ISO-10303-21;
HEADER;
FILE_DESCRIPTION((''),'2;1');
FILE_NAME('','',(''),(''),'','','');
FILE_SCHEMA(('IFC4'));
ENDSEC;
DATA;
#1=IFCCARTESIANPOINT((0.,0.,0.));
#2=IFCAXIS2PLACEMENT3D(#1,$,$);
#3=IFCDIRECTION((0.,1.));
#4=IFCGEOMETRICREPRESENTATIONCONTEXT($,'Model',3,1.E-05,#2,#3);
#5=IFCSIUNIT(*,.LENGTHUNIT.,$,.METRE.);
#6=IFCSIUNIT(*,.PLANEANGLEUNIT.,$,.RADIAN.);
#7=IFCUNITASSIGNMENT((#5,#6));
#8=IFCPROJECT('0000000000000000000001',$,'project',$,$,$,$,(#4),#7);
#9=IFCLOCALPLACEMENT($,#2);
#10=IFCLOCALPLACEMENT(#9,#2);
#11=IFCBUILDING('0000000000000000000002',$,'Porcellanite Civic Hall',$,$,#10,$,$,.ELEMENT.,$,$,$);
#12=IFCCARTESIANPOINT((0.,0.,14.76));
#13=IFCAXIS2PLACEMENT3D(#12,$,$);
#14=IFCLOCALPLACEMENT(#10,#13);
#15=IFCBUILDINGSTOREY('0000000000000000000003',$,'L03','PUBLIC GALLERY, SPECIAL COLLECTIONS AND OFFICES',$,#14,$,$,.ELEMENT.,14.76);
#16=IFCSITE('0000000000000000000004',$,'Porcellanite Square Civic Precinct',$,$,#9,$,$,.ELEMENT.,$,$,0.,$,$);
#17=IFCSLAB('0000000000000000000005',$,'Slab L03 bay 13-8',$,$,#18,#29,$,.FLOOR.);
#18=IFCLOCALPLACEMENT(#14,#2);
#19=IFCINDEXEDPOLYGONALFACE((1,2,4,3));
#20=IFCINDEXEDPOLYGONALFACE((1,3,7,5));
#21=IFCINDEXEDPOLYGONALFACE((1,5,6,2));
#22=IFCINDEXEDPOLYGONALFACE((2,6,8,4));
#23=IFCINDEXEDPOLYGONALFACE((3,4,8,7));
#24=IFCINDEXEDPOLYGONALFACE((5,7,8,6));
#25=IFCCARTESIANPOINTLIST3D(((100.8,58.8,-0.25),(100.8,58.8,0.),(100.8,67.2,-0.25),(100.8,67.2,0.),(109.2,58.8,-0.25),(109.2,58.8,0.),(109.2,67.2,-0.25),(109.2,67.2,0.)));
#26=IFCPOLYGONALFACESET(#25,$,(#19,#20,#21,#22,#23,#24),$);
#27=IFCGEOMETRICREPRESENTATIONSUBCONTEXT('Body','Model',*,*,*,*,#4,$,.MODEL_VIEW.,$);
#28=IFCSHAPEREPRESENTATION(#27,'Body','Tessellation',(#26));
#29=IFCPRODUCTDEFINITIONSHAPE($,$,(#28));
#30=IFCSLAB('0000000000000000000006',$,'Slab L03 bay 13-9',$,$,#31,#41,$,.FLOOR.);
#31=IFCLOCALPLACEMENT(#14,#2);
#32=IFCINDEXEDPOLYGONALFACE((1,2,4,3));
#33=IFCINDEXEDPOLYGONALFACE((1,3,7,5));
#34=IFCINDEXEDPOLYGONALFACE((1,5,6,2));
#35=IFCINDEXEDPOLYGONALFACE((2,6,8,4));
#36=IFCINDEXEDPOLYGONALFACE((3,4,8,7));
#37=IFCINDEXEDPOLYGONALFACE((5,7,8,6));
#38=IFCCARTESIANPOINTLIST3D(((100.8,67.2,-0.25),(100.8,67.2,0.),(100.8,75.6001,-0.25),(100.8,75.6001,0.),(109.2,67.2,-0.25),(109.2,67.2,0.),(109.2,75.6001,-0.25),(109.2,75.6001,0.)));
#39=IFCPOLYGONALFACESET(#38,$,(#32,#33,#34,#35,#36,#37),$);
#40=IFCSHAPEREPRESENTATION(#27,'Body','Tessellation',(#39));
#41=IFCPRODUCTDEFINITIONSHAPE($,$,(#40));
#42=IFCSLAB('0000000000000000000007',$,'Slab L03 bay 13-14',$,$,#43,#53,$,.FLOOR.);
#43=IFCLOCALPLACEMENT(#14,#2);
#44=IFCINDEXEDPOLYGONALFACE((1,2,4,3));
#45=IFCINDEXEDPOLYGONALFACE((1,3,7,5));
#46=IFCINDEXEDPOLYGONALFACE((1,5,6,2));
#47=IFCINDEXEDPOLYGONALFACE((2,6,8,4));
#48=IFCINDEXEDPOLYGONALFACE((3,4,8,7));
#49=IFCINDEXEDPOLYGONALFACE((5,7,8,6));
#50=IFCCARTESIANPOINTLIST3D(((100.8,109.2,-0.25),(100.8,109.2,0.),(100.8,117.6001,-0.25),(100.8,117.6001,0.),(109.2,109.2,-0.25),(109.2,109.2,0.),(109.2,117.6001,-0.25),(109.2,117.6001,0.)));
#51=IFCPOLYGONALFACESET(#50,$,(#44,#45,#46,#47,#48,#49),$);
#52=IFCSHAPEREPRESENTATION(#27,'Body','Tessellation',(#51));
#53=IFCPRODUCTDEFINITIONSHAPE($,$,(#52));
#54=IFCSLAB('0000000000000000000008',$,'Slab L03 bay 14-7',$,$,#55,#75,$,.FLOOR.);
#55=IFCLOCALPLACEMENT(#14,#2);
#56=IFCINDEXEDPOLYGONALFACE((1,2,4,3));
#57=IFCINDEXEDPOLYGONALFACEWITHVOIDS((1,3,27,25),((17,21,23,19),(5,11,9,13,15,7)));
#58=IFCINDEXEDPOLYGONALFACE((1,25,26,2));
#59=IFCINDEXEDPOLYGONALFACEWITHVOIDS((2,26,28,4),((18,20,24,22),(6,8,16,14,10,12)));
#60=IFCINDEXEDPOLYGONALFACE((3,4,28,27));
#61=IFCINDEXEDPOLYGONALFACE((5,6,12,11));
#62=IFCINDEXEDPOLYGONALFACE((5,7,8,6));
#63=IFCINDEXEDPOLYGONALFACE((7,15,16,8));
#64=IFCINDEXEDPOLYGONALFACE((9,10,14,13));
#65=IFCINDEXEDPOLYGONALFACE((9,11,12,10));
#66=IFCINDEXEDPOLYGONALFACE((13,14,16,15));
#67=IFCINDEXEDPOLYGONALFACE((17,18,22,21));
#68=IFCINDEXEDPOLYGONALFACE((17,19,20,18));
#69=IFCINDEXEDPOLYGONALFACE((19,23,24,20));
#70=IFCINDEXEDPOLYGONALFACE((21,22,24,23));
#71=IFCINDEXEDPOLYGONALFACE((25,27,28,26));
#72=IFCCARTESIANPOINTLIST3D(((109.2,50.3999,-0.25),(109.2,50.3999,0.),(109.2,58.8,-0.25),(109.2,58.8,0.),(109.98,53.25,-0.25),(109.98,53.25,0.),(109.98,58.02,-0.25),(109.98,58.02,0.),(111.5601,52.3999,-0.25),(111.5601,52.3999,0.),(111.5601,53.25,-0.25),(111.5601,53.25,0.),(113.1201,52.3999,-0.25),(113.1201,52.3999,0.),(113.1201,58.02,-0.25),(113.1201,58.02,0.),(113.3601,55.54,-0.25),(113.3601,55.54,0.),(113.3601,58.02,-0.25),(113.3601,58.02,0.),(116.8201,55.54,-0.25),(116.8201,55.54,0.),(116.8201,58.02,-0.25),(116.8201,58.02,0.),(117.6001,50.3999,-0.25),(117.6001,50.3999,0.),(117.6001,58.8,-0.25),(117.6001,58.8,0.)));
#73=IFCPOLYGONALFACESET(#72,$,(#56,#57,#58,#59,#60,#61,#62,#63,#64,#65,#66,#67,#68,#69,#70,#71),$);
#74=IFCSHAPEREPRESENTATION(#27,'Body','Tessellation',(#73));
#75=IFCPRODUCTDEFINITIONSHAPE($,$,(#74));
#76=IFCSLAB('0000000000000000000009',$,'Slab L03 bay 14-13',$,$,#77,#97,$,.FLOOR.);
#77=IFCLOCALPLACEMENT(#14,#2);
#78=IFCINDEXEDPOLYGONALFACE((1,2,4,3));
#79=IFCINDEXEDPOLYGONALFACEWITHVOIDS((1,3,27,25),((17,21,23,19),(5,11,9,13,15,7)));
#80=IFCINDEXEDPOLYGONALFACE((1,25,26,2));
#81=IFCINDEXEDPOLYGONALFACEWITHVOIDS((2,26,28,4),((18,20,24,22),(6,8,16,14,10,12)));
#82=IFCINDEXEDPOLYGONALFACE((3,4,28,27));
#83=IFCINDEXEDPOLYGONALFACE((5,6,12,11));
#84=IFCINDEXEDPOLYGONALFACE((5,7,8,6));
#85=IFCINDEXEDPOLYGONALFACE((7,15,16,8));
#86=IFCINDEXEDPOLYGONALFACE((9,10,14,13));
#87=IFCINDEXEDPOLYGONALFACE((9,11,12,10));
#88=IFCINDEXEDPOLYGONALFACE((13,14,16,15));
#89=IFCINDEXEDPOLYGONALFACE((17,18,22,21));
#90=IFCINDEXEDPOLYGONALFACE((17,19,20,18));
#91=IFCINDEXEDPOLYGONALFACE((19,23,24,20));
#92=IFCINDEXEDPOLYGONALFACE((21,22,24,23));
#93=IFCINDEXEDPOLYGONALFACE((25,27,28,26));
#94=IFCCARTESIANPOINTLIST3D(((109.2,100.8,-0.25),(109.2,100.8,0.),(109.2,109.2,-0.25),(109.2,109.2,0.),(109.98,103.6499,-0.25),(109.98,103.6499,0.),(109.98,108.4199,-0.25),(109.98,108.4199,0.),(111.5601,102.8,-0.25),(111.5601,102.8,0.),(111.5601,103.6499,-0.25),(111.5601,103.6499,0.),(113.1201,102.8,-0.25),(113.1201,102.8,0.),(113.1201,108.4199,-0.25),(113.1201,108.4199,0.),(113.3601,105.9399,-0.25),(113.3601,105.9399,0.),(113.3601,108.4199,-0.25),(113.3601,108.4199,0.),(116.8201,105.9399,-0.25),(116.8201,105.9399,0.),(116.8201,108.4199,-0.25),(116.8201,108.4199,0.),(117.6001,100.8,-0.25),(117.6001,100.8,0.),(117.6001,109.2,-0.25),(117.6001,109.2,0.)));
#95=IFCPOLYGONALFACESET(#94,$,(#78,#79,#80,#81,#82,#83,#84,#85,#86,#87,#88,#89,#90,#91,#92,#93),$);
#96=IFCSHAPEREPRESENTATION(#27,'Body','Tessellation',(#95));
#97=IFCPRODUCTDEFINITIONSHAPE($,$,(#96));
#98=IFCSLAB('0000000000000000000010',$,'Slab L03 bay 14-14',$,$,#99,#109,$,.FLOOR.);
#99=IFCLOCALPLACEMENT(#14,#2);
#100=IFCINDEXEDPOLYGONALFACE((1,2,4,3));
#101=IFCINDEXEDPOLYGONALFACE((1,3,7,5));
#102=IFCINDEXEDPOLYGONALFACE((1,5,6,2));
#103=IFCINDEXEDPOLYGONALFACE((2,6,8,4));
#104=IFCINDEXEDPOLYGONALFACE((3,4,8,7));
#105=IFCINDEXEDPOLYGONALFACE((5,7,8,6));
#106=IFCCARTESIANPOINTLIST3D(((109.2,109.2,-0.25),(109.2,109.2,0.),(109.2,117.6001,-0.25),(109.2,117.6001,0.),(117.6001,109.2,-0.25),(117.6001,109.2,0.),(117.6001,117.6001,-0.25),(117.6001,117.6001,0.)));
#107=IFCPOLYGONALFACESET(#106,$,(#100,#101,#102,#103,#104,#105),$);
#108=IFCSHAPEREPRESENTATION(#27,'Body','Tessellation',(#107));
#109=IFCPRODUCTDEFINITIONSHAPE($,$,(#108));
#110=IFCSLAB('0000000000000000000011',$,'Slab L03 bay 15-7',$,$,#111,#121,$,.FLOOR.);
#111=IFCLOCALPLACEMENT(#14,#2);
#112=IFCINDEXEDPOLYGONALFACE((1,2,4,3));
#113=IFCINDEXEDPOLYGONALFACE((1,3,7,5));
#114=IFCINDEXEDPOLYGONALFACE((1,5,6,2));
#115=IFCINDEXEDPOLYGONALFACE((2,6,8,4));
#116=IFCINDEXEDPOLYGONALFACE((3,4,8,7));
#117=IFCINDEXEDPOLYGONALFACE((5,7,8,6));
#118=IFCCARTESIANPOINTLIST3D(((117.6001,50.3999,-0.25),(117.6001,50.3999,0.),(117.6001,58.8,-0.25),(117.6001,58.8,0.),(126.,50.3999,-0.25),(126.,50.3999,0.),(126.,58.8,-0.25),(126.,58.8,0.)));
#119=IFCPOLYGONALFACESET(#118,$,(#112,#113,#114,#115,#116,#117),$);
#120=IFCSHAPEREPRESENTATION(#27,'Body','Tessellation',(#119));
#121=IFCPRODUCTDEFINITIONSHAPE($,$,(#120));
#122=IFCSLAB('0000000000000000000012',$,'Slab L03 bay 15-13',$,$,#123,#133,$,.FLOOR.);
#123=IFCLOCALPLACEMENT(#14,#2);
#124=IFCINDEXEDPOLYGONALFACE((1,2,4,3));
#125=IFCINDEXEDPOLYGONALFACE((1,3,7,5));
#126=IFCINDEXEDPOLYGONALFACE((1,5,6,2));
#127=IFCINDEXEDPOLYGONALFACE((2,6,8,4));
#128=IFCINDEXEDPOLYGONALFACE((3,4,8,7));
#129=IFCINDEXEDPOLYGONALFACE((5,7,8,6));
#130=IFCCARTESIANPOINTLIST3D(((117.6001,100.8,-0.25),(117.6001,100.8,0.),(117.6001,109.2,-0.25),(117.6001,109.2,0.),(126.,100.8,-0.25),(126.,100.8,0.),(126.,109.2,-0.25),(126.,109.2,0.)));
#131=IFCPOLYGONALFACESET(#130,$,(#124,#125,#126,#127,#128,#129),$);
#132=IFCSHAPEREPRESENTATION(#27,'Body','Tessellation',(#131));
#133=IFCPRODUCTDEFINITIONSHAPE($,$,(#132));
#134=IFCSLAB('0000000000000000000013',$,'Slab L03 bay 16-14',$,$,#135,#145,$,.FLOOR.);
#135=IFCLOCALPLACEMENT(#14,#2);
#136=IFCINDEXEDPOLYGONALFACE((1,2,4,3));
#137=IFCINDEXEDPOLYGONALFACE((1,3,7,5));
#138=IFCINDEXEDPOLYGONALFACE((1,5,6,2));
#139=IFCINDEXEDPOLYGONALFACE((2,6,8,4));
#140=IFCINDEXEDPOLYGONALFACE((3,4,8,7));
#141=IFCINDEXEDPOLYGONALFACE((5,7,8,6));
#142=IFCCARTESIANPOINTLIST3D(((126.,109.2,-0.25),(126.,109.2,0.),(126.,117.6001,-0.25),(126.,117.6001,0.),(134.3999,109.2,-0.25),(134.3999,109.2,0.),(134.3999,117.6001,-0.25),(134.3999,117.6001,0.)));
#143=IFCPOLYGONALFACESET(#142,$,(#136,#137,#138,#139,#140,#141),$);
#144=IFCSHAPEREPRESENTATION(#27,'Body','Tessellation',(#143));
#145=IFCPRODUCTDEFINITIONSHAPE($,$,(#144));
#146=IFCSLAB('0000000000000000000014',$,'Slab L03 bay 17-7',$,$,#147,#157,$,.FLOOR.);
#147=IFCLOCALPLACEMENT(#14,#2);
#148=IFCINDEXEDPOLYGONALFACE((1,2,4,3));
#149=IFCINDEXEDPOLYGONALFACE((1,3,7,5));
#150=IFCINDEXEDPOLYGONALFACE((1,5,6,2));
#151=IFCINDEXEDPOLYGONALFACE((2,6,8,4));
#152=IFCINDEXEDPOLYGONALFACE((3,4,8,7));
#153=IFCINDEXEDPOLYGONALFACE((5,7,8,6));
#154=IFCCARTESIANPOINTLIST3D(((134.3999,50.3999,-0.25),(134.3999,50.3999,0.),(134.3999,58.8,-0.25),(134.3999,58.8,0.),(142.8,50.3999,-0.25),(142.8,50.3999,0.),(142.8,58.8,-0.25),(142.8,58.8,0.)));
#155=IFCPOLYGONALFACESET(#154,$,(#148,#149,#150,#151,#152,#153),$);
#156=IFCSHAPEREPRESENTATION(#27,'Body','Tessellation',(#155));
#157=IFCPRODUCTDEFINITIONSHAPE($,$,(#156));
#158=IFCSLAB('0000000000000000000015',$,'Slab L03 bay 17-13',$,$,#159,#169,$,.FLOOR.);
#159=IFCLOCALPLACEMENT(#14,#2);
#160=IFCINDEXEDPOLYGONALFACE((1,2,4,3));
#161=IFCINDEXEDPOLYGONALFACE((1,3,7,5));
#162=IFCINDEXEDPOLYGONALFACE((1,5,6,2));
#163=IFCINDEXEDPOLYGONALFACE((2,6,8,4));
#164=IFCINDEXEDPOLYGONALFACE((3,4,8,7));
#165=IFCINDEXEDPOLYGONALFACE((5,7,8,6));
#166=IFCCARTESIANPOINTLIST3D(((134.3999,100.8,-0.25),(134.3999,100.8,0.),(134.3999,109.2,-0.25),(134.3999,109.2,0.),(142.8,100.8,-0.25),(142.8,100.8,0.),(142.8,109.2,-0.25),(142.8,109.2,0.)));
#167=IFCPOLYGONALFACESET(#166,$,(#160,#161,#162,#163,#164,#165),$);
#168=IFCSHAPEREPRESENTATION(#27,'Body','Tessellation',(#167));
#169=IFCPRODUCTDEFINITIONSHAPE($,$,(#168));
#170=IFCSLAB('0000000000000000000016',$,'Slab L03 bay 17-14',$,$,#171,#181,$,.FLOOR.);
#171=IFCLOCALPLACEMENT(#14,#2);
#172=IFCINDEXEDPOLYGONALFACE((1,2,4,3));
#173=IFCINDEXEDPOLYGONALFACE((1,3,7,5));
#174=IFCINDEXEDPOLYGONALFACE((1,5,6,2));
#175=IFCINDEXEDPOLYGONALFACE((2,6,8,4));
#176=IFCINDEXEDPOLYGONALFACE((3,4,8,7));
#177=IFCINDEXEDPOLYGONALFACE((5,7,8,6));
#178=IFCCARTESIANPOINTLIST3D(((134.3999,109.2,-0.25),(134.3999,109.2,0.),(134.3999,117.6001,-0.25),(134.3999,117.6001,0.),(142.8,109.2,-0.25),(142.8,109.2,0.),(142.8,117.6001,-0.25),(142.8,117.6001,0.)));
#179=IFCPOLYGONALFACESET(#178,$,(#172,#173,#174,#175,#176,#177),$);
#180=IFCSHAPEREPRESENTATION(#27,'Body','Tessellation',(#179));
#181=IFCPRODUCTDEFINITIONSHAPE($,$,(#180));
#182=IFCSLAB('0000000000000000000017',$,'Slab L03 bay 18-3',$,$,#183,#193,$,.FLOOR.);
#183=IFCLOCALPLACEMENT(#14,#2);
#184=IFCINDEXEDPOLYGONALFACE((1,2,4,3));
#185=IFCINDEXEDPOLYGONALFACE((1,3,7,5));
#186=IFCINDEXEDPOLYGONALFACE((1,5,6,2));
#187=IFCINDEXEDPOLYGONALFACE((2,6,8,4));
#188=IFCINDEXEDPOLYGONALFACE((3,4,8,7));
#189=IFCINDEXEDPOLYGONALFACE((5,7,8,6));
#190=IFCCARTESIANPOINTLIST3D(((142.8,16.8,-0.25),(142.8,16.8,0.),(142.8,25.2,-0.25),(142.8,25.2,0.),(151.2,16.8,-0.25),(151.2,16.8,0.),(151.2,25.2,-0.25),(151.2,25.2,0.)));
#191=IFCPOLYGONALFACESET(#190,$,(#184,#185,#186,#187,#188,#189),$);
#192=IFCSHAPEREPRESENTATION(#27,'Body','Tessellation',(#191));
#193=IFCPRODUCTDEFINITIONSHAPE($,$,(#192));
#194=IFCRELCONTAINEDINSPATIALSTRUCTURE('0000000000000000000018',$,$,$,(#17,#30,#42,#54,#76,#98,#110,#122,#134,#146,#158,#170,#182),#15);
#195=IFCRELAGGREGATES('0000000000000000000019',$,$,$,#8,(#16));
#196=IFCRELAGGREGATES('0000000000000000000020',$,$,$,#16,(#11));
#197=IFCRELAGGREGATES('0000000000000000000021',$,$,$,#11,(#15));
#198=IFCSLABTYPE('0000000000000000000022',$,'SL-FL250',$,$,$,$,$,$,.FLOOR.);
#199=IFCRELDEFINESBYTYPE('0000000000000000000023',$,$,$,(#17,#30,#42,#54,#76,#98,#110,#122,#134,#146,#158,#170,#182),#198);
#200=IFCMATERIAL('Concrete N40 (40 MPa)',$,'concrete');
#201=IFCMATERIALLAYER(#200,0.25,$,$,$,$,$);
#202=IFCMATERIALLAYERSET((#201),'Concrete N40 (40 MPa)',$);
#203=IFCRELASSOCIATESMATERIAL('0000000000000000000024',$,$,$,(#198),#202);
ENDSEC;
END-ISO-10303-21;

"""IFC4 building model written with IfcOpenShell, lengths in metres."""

from ifc_helpers import new_model, si_unit, direction, frame, origin, place, context, subcontext, project, spatial, polyline, outline, extrude, material, layer, layer_set, type_object, element, save


model = new_model("IFC4")

# Units and contexts
model_context = context("Model", 3, precision=1e-05, world=origin(), true_north=direction((0.0, 1.0)))
body_context = subcontext(model_context, "Body", "Model", "MODEL_VIEW")
ifc_project = project(units=[si_unit("LENGTHUNIT", "METRE"), si_unit("PLANEANGLEUNIT", "RADIAN")], contexts=[model_context])

# Site, building, storey
site_placement = place(None, origin())
site = spatial("IfcSite", under=ifc_project, at=site_placement, Name="Porcellanite Square Civic Precinct", CompositionType="ELEMENT", RefElevation=0.0)
building_placement = place(site_placement, origin())
building = spatial("IfcBuilding", under=site, at=building_placement, Name="Porcellanite Civic Hall", CompositionType="ELEMENT")
storey_placement = place(building_placement, frame((0.0, 0.0, 14.76)))
storey = spatial("IfcBuildingStorey", under=building, at=storey_placement, Name="L03", Description="PUBLIC GALLERY, SPECIAL COLLECTIONS AND OFFICES", CompositionType="ELEMENT", Elevation=14.76)

# Slabs
ifc_material = material(Name="Concrete N40 (40 MPa)", Category="concrete")
ifc_layer = layer(ifc_material, 0.25)
ifc_layer_set = layer_set([ifc_layer], Name="Concrete N40 (40 MPa)")
slab_type = type_object("IfcSlabType", Name="SL-FL250", PredefinedType="FLOOR", material=ifc_layer_set)
slab_1_placement = place(storey_placement, frame((0.0, 0.0, -0.25)))
element("IfcSlab", 1, at=slab_1_placement, inside=storey, type_object=slab_type, Name="Slab L03 bay 13-8", PredefinedType="FLOOR", context=body_context, shape_type="SweptSolid", body=[
    extrude(outline(polyline([(100.8, 58.8), (109.2, 58.8), (109.2, 67.2), (100.8, 67.2), (100.8, 58.8)])), origin(), (0.0, 0.0, 1.0), 0.25),
])
slab_2_placement = place(storey_placement, frame((0.0, 0.0, -0.25)))
element("IfcSlab", 2, at=slab_2_placement, inside=storey, type_object=slab_type, Name="Slab L03 bay 13-9", PredefinedType="FLOOR", context=body_context, shape_type="SweptSolid", body=[
    extrude(outline(polyline([(100.8, 67.2), (109.2, 67.2), (109.2, 75.6001), (100.8, 75.6001), (100.8, 67.2)])), origin(), (0.0, 0.0, 1.0), 0.25),
])
slab_3_placement = place(storey_placement, frame((0.0, 0.0, -0.25)))
element("IfcSlab", 3, at=slab_3_placement, inside=storey, type_object=slab_type, Name="Slab L03 bay 13-14", PredefinedType="FLOOR", context=body_context, shape_type="SweptSolid", body=[
    extrude(outline(polyline([(100.8, 109.2), (109.2, 109.2), (109.2, 117.6001), (100.8, 117.6001), (100.8, 109.2)])), origin(), (0.0, 0.0, 1.0), 0.25),
])
slab_4_placement = place(storey_placement, frame((0.0, 0.0, -0.25)))
element("IfcSlab", 4, at=slab_4_placement, inside=storey, type_object=slab_type, Name="Slab L03 bay 14-7", PredefinedType="FLOOR", context=body_context, shape_type="SweptSolid", body=[
    extrude(outline(polyline([(109.2, 50.3999), (117.6001, 50.3999), (117.6001, 58.8), (109.2, 58.8), (109.2, 50.3999)]), holes=[polyline([(109.98, 53.25), (111.5601, 53.25), (111.5601, 52.3999), (113.1201, 52.3999), (113.1201, 58.02), (109.98, 58.02), (109.98, 53.25)]), polyline([(113.3601, 55.54), (116.8201, 55.54), (116.8201, 58.02), (113.3601, 58.02), (113.3601, 55.54)])]), origin(), (0.0, 0.0, 1.0), 0.25),
])
slab_5_placement = place(storey_placement, frame((0.0, 0.0, -0.25)))
element("IfcSlab", 5, at=slab_5_placement, inside=storey, type_object=slab_type, Name="Slab L03 bay 14-13", PredefinedType="FLOOR", context=body_context, shape_type="SweptSolid", body=[
    extrude(outline(polyline([(109.2, 100.8), (117.6001, 100.8), (117.6001, 109.2), (109.2, 109.2), (109.2, 100.8)]), holes=[polyline([(109.98, 103.6499), (111.5601, 103.6499), (111.5601, 102.8), (113.1201, 102.8), (113.1201, 108.4199), (109.98, 108.4199), (109.98, 103.6499)]), polyline([(113.3601, 105.9399), (116.8201, 105.9399), (116.8201, 108.4199), (113.3601, 108.4199), (113.3601, 105.9399)])]), origin(), (0.0, 0.0, 1.0), 0.25),
])
slab_6_placement = place(storey_placement, frame((0.0, 0.0, -0.25)))
element("IfcSlab", 6, at=slab_6_placement, inside=storey, type_object=slab_type, Name="Slab L03 bay 14-14", PredefinedType="FLOOR", context=body_context, shape_type="SweptSolid", body=[
    extrude(outline(polyline([(109.2, 109.2), (117.6001, 109.2), (117.6001, 117.6001), (109.2, 117.6001), (109.2, 109.2)])), origin(), (0.0, 0.0, 1.0), 0.25),
])
slab_7_placement = place(storey_placement, frame((0.0, 0.0, -0.25)))
element("IfcSlab", 7, at=slab_7_placement, inside=storey, type_object=slab_type, Name="Slab L03 bay 15-7", PredefinedType="FLOOR", context=body_context, shape_type="SweptSolid", body=[
    extrude(outline(polyline([(117.6001, 50.3999), (126.0, 50.3999), (126.0, 58.8), (117.6001, 58.8), (117.6001, 50.3999)])), origin(), (0.0, 0.0, 1.0), 0.25),
])
slab_8_placement = place(storey_placement, frame((0.0, 0.0, -0.25)))
element("IfcSlab", 8, at=slab_8_placement, inside=storey, type_object=slab_type, Name="Slab L03 bay 15-13", PredefinedType="FLOOR", context=body_context, shape_type="SweptSolid", body=[
    extrude(outline(polyline([(117.6001, 100.8), (126.0, 100.8), (126.0, 109.2), (117.6001, 109.2), (117.6001, 100.8)])), origin(), (0.0, 0.0, 1.0), 0.25),
])
slab_9_placement = place(storey_placement, frame((0.0, 0.0, -0.25)))
element("IfcSlab", 9, at=slab_9_placement, inside=storey, type_object=slab_type, Name="Slab L03 bay 16-14", PredefinedType="FLOOR", context=body_context, shape_type="SweptSolid", body=[
    extrude(outline(polyline([(126.0, 109.2), (134.3999, 109.2), (134.3999, 117.6001), (126.0, 117.6001), (126.0, 109.2)])), origin(), (0.0, 0.0, 1.0), 0.25),
])
slab_10_placement = place(storey_placement, frame((0.0, 0.0, -0.25)))
element("IfcSlab", 10, at=slab_10_placement, inside=storey, type_object=slab_type, Name="Slab L03 bay 17-7", PredefinedType="FLOOR", context=body_context, shape_type="SweptSolid", body=[
    extrude(outline(polyline([(134.3999, 50.3999), (142.8, 50.3999), (142.8, 58.8), (134.3999, 58.8), (134.3999, 50.3999)])), origin(), (0.0, 0.0, 1.0), 0.25),
])
slab_11_placement = place(storey_placement, frame((0.0, 0.0, -0.25)))
element("IfcSlab", 11, at=slab_11_placement, inside=storey, type_object=slab_type, Name="Slab L03 bay 17-13", PredefinedType="FLOOR", context=body_context, shape_type="SweptSolid", body=[
    extrude(outline(polyline([(134.3999, 100.8), (142.8, 100.8), (142.8, 109.2), (134.3999, 109.2), (134.3999, 100.8)])), origin(), (0.0, 0.0, 1.0), 0.25),
])
slab_12_placement = place(storey_placement, frame((0.0, 0.0, -0.25)))
element("IfcSlab", 12, at=slab_12_placement, inside=storey, type_object=slab_type, Name="Slab L03 bay 17-14", PredefinedType="FLOOR", context=body_context, shape_type="SweptSolid", body=[
    extrude(outline(polyline([(134.3999, 109.2), (142.8, 109.2), (142.8, 117.6001), (134.3999, 117.6001), (134.3999, 109.2)])), origin(), (0.0, 0.0, 1.0), 0.25),
])
slab_13_placement = place(storey_placement, frame((0.0, 0.0, -0.25)))
element("IfcSlab", 13, at=slab_13_placement, inside=storey, type_object=slab_type, Name="Slab L03 bay 18-3", PredefinedType="FLOOR", context=body_context, shape_type="SweptSolid", body=[
    extrude(outline(polyline([(142.8, 16.8), (151.2, 16.8), (151.2, 25.2), (142.8, 25.2), (142.8, 16.8)])), origin(), (0.0, 0.0, 1.0), 0.25),
])

save(model, "model.ifc")
